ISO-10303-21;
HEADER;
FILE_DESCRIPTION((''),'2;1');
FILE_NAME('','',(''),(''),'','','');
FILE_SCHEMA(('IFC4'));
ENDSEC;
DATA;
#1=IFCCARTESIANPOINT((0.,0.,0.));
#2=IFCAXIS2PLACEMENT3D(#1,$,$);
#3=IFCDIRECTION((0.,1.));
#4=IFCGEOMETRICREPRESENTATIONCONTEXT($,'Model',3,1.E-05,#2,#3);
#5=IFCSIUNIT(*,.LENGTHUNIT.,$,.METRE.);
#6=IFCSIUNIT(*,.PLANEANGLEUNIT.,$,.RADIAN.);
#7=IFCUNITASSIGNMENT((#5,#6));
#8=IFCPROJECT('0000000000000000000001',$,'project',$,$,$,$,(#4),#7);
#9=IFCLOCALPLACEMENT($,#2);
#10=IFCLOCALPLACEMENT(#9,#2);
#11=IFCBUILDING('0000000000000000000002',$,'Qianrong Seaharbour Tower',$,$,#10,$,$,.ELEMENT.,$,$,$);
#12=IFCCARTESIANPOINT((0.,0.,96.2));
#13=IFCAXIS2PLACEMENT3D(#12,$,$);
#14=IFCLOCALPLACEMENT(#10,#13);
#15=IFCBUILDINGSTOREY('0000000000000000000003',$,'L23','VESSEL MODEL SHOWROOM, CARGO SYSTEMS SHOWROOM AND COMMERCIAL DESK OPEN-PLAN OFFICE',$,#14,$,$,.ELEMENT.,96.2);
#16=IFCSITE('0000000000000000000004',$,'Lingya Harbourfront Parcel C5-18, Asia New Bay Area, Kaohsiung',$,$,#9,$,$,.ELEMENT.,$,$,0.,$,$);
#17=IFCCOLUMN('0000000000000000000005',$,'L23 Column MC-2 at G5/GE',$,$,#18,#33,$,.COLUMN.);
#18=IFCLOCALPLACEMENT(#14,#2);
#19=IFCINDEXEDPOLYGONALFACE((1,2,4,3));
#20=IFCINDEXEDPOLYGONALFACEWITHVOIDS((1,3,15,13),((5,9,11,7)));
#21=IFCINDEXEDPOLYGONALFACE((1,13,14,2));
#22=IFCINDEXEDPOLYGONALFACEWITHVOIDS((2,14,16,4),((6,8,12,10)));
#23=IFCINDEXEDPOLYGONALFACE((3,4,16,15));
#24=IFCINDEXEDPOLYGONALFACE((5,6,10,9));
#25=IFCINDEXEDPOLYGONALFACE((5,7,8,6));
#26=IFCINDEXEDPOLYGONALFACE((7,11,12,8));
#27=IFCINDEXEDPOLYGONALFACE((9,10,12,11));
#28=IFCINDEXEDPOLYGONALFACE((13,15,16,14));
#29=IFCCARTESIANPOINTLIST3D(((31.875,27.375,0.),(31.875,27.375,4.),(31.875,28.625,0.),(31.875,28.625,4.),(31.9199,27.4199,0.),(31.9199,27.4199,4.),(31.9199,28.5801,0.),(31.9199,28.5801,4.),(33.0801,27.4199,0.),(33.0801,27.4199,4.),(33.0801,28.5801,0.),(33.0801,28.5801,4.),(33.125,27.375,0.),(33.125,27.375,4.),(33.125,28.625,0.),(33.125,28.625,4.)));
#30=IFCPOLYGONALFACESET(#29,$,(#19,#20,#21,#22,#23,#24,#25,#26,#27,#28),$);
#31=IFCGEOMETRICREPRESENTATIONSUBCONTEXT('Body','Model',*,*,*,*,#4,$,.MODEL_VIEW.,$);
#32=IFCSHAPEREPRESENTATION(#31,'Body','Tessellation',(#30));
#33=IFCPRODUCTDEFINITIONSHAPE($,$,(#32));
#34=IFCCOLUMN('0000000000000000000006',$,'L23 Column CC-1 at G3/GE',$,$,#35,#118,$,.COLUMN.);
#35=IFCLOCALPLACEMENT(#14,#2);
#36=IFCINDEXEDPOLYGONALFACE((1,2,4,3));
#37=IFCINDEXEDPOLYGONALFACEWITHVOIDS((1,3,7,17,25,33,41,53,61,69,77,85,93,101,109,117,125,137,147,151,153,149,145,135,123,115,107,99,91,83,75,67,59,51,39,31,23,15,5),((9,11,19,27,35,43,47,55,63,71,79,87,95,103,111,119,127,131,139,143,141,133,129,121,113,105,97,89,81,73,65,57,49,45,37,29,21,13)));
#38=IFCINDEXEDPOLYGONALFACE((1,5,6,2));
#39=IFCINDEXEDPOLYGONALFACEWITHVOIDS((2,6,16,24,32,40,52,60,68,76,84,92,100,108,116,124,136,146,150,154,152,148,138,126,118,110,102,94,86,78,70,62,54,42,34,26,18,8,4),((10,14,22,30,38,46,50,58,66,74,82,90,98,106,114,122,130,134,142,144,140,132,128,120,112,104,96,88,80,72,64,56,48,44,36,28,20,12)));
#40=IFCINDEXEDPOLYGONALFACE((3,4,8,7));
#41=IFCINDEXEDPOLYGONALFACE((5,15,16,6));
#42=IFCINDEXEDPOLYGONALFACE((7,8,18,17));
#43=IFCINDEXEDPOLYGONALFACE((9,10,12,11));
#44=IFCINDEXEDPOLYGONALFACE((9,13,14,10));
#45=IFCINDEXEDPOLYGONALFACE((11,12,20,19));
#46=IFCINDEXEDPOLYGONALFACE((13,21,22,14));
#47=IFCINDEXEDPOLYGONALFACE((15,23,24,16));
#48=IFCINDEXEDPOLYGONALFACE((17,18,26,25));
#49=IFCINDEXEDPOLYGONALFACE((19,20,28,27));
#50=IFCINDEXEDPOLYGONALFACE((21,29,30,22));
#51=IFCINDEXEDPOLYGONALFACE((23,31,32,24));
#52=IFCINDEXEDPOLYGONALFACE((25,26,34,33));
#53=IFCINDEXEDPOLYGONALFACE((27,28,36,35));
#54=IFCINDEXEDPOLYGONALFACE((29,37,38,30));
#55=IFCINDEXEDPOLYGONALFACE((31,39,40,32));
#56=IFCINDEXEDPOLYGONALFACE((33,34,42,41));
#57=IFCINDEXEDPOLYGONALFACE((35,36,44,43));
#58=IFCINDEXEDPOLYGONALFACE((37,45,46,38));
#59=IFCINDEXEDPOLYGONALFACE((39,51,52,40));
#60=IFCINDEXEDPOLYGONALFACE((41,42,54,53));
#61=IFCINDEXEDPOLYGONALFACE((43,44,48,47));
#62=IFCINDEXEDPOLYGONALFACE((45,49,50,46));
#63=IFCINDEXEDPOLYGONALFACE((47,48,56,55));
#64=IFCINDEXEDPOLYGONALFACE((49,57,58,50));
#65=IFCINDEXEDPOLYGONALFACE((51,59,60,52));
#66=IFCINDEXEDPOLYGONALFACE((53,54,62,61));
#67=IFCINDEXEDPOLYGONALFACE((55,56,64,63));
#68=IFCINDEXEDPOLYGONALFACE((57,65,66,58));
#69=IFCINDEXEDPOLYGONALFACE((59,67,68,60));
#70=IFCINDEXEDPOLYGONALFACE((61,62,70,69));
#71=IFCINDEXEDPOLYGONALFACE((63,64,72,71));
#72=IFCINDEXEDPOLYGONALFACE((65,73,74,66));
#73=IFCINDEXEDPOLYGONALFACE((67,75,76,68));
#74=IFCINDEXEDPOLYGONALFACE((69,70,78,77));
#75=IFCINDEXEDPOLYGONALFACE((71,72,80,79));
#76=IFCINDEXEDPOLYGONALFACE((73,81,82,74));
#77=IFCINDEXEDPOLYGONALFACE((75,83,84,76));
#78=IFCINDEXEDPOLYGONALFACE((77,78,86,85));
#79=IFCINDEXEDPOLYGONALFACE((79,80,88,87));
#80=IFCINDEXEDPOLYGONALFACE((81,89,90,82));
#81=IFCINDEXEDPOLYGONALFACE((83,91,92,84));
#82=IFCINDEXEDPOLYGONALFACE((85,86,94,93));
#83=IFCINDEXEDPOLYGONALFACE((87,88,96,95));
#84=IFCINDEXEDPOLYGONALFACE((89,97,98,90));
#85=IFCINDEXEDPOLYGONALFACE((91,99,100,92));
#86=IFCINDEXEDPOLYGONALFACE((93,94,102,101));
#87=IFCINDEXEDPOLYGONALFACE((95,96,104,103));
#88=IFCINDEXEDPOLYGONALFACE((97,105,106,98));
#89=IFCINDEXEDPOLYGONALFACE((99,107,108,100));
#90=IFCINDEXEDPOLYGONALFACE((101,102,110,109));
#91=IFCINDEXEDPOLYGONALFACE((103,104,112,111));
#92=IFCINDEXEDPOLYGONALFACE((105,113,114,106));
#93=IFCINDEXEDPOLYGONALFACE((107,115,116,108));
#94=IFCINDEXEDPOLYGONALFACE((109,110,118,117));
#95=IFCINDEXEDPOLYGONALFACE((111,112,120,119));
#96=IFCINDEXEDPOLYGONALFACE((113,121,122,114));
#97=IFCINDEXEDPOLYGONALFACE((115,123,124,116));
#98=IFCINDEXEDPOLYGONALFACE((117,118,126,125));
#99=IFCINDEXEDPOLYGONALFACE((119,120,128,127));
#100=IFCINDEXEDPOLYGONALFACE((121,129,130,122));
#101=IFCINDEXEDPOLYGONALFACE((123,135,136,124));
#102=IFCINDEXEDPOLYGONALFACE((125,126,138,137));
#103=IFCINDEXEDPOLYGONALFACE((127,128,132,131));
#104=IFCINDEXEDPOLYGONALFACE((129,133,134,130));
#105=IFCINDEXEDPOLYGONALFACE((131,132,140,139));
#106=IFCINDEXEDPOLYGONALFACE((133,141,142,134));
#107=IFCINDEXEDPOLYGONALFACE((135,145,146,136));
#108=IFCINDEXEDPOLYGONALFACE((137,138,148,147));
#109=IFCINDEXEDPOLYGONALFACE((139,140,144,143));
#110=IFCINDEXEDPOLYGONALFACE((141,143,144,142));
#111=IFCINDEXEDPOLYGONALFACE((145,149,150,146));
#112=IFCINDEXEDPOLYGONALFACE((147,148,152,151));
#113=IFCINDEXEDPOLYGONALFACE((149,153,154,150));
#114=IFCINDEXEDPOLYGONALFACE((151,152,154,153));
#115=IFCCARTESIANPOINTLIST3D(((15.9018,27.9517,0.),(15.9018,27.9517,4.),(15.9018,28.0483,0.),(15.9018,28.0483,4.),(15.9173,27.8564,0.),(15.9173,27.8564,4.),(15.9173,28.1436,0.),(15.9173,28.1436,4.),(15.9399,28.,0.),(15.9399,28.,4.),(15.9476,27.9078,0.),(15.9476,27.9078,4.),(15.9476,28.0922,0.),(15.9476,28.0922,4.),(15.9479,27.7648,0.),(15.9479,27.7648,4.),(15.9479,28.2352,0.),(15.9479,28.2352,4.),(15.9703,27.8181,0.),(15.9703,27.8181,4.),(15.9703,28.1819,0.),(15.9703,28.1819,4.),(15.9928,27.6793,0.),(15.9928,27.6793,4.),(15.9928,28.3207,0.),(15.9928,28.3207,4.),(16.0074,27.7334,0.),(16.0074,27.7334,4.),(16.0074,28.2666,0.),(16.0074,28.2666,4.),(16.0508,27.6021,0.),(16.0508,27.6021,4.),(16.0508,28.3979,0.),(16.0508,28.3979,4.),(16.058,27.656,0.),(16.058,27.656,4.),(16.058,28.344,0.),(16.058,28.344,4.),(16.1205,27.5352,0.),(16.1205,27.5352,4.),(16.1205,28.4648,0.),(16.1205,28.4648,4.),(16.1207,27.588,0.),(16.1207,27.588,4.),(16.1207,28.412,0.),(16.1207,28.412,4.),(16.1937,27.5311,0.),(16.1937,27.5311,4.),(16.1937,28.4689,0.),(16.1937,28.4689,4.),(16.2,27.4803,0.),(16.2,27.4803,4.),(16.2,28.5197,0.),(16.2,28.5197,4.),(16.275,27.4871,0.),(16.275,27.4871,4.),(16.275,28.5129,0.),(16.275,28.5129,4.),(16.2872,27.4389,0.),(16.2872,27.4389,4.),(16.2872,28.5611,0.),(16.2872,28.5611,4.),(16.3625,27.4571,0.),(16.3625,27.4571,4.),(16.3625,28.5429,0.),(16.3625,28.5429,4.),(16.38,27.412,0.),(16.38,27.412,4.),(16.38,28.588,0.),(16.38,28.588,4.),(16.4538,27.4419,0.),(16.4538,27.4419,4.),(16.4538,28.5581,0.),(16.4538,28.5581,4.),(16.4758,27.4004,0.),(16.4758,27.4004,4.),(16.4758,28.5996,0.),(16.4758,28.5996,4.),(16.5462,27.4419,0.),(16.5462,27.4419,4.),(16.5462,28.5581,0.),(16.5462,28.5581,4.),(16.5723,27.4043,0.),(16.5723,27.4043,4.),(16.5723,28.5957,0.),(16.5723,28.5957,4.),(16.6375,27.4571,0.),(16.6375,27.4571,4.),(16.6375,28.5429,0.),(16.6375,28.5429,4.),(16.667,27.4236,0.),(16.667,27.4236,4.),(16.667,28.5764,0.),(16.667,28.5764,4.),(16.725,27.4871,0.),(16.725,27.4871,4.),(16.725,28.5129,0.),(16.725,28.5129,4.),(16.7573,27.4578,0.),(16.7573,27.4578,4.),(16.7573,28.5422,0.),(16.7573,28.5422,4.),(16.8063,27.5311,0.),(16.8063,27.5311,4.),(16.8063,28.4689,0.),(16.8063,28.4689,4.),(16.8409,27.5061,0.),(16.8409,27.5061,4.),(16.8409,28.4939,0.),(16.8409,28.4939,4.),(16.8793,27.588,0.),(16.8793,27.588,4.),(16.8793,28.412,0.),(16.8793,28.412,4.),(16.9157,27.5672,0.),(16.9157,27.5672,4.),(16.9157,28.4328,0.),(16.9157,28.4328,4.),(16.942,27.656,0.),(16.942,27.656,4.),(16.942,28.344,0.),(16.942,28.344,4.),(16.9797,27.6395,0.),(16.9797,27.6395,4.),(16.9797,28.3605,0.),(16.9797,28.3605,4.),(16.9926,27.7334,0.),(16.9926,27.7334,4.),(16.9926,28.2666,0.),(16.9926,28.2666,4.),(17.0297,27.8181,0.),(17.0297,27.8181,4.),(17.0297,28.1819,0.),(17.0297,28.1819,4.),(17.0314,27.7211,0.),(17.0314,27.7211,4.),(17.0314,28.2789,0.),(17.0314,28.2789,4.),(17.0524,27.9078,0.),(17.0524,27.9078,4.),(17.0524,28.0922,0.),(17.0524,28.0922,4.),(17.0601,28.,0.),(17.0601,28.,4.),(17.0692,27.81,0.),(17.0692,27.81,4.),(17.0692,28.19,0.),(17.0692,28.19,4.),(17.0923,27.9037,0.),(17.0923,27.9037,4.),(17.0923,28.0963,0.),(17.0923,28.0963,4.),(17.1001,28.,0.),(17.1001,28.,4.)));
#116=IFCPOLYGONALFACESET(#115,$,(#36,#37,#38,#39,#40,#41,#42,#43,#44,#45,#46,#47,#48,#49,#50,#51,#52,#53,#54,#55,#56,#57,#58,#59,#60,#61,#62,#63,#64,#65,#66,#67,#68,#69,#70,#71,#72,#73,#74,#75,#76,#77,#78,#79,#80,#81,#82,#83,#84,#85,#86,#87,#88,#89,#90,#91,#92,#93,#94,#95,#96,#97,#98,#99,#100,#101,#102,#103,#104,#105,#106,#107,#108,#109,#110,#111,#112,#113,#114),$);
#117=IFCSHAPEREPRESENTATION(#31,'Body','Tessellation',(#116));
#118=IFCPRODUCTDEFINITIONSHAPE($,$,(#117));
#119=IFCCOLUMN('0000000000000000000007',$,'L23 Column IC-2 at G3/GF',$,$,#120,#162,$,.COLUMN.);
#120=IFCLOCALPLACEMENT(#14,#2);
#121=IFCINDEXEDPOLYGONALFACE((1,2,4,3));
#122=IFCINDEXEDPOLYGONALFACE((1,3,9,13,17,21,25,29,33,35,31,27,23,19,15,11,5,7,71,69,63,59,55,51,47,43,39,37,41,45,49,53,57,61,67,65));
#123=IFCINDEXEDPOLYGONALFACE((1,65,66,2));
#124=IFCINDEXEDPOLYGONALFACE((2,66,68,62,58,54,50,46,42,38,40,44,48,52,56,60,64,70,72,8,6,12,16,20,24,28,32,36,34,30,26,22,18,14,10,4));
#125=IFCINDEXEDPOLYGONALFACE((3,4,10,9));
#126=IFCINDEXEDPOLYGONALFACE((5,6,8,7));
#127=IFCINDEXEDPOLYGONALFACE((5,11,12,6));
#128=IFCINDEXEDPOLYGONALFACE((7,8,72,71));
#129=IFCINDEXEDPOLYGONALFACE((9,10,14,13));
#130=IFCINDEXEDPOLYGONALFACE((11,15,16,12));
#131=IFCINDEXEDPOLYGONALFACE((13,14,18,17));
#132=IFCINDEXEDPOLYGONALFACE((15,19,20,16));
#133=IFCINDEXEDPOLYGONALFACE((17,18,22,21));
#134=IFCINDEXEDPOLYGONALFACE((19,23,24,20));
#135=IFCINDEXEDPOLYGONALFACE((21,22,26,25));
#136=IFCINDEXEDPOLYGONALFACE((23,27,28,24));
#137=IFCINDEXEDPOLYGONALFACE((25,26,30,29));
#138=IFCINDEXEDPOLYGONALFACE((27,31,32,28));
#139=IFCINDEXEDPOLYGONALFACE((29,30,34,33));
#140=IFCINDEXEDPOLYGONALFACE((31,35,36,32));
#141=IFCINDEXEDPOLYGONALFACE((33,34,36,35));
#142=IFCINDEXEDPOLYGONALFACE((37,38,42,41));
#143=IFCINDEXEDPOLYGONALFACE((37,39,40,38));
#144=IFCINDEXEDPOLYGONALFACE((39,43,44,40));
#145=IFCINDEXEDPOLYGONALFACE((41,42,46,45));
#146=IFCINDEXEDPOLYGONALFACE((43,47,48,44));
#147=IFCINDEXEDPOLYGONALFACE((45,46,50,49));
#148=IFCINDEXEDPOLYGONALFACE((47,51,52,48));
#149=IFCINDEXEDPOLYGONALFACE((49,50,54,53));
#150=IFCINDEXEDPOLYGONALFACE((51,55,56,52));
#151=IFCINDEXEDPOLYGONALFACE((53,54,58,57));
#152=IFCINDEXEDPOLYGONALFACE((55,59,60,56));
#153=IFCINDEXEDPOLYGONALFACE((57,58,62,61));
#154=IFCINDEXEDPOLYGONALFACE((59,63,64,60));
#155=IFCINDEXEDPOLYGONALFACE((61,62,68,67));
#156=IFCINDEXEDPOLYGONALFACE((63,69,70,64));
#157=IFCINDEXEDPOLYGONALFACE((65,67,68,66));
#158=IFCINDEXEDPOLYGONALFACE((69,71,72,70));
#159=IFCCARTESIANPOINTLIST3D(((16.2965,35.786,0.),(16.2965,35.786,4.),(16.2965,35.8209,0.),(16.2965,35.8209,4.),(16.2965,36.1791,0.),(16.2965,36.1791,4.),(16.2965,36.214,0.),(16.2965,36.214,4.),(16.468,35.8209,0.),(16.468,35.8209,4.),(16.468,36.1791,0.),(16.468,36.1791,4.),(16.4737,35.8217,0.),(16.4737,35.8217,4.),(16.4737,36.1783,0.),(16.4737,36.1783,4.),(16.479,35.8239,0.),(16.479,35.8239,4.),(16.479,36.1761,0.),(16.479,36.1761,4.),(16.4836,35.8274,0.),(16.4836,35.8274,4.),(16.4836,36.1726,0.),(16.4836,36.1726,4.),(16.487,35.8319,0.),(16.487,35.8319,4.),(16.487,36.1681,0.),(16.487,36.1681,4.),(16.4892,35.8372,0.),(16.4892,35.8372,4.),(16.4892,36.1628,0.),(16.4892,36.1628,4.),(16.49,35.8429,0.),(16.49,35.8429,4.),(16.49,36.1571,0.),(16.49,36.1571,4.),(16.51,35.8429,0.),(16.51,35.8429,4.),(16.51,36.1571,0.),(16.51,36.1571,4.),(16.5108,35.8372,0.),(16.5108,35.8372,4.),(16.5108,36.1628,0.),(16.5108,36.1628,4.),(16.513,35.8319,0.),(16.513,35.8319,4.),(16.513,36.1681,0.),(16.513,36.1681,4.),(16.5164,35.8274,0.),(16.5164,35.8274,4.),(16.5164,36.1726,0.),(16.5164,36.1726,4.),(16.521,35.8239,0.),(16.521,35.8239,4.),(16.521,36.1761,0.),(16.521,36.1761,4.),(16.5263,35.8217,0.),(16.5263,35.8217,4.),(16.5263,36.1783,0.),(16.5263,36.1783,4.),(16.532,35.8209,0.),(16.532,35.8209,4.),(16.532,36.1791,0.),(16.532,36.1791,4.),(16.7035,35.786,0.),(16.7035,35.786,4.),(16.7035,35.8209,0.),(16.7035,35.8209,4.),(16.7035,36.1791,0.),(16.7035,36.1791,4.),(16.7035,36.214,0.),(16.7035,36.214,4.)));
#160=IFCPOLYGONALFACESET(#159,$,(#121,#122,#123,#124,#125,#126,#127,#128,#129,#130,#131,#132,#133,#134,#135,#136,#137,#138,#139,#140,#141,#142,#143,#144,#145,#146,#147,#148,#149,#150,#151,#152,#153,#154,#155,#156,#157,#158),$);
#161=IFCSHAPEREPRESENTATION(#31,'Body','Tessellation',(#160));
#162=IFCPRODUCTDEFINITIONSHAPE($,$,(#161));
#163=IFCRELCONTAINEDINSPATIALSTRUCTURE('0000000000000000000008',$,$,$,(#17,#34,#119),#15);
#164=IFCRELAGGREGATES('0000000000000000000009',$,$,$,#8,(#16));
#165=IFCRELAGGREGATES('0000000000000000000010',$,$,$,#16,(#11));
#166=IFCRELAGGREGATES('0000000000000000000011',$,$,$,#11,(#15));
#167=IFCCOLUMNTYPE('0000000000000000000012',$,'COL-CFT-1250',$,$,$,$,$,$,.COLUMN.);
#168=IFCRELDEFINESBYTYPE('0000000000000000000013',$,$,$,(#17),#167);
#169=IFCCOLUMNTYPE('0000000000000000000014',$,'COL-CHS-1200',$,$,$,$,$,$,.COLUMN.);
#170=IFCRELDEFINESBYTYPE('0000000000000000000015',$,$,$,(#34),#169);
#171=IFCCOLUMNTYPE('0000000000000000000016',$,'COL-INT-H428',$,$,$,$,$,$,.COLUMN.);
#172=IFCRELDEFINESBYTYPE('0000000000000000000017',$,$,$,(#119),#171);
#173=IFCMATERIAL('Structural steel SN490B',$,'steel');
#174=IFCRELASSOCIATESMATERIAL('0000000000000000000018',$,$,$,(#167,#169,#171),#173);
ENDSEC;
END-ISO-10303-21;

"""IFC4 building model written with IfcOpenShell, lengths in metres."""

from ifc_helpers import new_model, si_unit, direction, frame, origin, origin_2d, place, context, subcontext, project, spatial, hollow_rectangle, hollow_circle, i_section, extrude, material, material_profile, profile_set, type_object, element, save


model = new_model("IFC4")

# Units and contexts
model_context = context("Model", 3, precision=1e-05, world=origin(), true_north=direction((0.0, 1.0)))
body_context = subcontext(model_context, "Body", "Model", "MODEL_VIEW")
ifc_project = project(units=[si_unit("LENGTHUNIT", "METRE"), si_unit("PLANEANGLEUNIT", "RADIAN")], contexts=[model_context])

# Site, building, storey
site_placement = place(None, origin())
site = spatial("IfcSite", under=ifc_project, at=site_placement, Name="Lingya Harbourfront Parcel C5-18, Asia New Bay Area, Kaohsiung", CompositionType="ELEMENT", RefElevation=0.0)
building_placement = place(site_placement, origin())
building = spatial("IfcBuilding", under=site, at=building_placement, Name="Qianrong Seaharbour Tower", CompositionType="ELEMENT")
storey_placement = place(building_placement, frame((0.0, 0.0, 96.2)))
storey = spatial("IfcBuildingStorey", under=building, at=storey_placement, Name="L23", Description="VESSEL MODEL SHOWROOM, CARGO SYSTEMS SHOWROOM AND COMMERCIAL DESK OPEN-PLAN OFFICE", CompositionType="ELEMENT", Elevation=96.2)

# Columns
ifc_material_1 = material(Name="Structural steel SN490B", Category="steel")
ifc_material_profile_1 = material_profile(ifc_material_1, hollow_rectangle(XDim=1.25, YDim=1.25, WallThickness=0.0449, at=origin_2d()), Name="BOX1250x1250x45")
ifc_profile_set_1 = profile_set([ifc_material_profile_1], Name="Structural steel SN490B")
column_type_1 = type_object("IfcColumnType", Name="COL-CFT-1250", PredefinedType="COLUMN", material=ifc_profile_set_1)
column_1_placement = place(storey_placement, frame((32.5, 28.0, 0.0), z_axis=(0.0, 0.0, 1.0), x_axis=(1.0, 0.0, 0.0)))
element("IfcColumn", 1, at=column_1_placement, inside=storey, type_object=column_type_1, Name="L23 Column MC-2 at G5/GE", PredefinedType="COLUMN", context=body_context, shape_type="SweptSolid", body=[
    extrude(hollow_rectangle(XDim=1.25, YDim=1.25, WallThickness=0.0449, at=origin_2d()), origin(), (0.0, 0.0, 1.0), 4.0),
])
ifc_material_profile_2 = material_profile(ifc_material_1, hollow_circle(Radius=0.6001, WallThickness=0.04, at=origin_2d()), Name="CHS1200x40")
ifc_profile_set_2 = profile_set([ifc_material_profile_2], Name="Structural steel SN490B")
column_type_2 = type_object("IfcColumnType", Name="COL-CHS-1200", PredefinedType="COLUMN", material=ifc_profile_set_2)
column_2_placement = place(storey_placement, frame((16.5, 28.0, 0.0), z_axis=(0.0, 0.0, 1.0), x_axis=(1.0, 0.0, 0.0)))
element("IfcColumn", 2, at=column_2_placement, inside=storey, type_object=column_type_2, Name="L23 Column CC-1 at G3/GE", PredefinedType="COLUMN", context=body_context, shape_type="SweptSolid", body=[
    extrude(hollow_circle(Radius=0.6001, WallThickness=0.04, at=origin_2d()), origin(), (0.0, 0.0, 1.0), 4.0),
])
ifc_material_profile_3 = material_profile(ifc_material_1, i_section(OverallWidth=0.407, OverallDepth=0.428, WebThickness=0.02, FlangeThickness=0.0349, FilletRadius=0.022, at=origin_2d()), Name="H428x407x20x35")
ifc_profile_set_3 = profile_set([ifc_material_profile_3], Name="Structural steel SN490B")
column_type_3 = type_object("IfcColumnType", Name="COL-INT-H428", PredefinedType="COLUMN", material=ifc_profile_set_3)
for number, where, z_axis, x_axis, name in (
    (3, (16.5, 36.0, 0.0), (0.0, 0.0, 1.0), (1.0, 0.0, 0.0), "L23 Column IC-2 at G3/GF"),
):
    element("IfcColumn", number, at=place(storey_placement, frame(where, z_axis=z_axis, x_axis=x_axis)), inside=storey, type_object=column_type_3, Name=name, PredefinedType="COLUMN", context=body_context, shape_type="SweptSolid", body=[
        extrude(i_section(OverallWidth=0.407, OverallDepth=0.428, WebThickness=0.02, FlangeThickness=0.0349, FilletRadius=0.022, at=origin_2d()), origin(), (0.0, 0.0, 1.0), 4.0),
    ])

save(model, "model.ifc")
